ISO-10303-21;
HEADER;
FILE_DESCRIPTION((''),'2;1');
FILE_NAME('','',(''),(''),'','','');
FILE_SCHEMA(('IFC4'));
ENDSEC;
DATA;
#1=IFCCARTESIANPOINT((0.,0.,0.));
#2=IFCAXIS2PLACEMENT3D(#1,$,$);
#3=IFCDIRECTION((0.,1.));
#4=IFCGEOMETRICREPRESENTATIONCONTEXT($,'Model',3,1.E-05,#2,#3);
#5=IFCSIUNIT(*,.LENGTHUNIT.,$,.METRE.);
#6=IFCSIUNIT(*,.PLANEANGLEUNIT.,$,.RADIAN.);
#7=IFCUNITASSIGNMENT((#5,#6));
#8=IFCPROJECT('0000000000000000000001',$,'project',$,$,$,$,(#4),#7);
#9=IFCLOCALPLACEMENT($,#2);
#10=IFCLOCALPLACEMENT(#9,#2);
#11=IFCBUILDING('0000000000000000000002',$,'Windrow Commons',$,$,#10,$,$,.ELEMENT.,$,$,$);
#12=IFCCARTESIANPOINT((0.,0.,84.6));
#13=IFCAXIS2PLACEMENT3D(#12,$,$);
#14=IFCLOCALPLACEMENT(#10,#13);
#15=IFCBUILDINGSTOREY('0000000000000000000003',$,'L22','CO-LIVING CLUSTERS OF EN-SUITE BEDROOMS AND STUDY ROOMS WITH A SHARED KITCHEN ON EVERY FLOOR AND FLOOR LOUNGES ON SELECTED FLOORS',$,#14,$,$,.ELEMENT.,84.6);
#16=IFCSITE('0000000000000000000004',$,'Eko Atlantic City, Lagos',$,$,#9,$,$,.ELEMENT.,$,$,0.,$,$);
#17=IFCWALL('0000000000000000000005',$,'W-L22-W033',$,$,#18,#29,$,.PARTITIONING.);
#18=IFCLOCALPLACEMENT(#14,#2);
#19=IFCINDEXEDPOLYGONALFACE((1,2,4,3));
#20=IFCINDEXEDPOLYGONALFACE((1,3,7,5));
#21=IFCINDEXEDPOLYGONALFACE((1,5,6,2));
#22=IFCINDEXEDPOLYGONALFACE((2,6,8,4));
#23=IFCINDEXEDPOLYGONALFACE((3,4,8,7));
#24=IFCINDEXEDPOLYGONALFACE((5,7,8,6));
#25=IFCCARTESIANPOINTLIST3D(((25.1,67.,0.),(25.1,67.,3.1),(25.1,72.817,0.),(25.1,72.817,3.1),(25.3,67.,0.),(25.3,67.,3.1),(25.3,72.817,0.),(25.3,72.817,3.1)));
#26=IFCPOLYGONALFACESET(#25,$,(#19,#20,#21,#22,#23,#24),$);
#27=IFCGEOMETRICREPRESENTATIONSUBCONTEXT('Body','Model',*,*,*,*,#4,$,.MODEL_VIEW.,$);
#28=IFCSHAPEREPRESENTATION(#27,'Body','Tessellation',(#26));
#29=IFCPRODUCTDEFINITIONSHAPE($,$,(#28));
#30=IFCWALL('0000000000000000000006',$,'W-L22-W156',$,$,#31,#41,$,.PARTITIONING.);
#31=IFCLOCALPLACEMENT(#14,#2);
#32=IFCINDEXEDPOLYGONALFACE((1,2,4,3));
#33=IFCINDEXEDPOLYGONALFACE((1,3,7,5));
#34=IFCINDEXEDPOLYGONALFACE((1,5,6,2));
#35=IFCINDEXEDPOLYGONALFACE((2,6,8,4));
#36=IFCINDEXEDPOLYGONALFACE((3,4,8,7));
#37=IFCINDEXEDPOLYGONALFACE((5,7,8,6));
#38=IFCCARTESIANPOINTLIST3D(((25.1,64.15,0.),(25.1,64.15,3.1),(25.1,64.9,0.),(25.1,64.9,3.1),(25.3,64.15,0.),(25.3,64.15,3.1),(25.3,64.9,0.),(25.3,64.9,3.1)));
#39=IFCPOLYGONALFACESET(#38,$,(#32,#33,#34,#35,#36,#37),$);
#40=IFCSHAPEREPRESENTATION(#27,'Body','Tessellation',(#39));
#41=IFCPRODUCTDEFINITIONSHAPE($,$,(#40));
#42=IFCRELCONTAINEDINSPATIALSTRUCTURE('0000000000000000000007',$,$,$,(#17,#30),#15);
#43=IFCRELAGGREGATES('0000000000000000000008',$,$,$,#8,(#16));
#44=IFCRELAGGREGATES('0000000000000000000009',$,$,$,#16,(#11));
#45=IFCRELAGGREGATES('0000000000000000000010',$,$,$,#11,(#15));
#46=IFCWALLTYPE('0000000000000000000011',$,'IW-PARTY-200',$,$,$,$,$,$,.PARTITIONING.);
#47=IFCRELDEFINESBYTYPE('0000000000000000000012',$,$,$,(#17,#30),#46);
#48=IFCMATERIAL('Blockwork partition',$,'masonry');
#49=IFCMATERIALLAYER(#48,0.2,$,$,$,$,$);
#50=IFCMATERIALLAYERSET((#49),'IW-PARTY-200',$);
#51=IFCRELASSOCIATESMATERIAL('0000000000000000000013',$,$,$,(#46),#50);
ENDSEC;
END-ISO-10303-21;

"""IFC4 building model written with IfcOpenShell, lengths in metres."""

from ifc_helpers import new_model, si_unit, direction, frame, frame_2d, origin, place, context, subcontext, project, spatial, rectangle, extrude, material, layer, layer_set, type_object, element, save


model = new_model("IFC4")

# Units and contexts
model_context = context("Model", 3, precision=1e-05, world=origin(), true_north=direction((0.0, 1.0)))
body_context = subcontext(model_context, "Body", "Model", "MODEL_VIEW")
ifc_project = project(units=[si_unit("LENGTHUNIT", "METRE"), si_unit("PLANEANGLEUNIT", "RADIAN")], contexts=[model_context])

# Site, building, storey
site_placement = place(None, origin())
site = spatial("IfcSite", under=ifc_project, at=site_placement, Name="Eko Atlantic City, Lagos", CompositionType="ELEMENT", RefElevation=0.0)
building_placement = place(site_placement, origin())
building = spatial("IfcBuilding", under=site, at=building_placement, Name="Windrow Commons", CompositionType="ELEMENT")
storey_placement = place(building_placement, frame((0.0, 0.0, 84.6)))
storey = spatial("IfcBuildingStorey", under=building, at=storey_placement, Name="L22", Description="CO-LIVING CLUSTERS OF EN-SUITE BEDROOMS AND STUDY ROOMS WITH A SHARED KITCHEN ON EVERY FLOOR AND FLOOR LOUNGES ON SELECTED FLOORS", CompositionType="ELEMENT", Elevation=84.6)

# Walls
ifc_material_1 = material(Name="Blockwork partition", Category="masonry")
ifc_layer_1 = layer(ifc_material_1, 0.2)
ifc_layer_set_1 = layer_set([ifc_layer_1], Name="IW-PARTY-200")
wall_type_1 = type_object("IfcWallType", Name="IW-PARTY-200", PredefinedType="PARTITIONING", material=ifc_layer_set_1)
wall_1_placement = place(storey_placement, frame((25.2, 67.0, 0.0), z_axis=(0.0, 0.0, 1.0), x_axis=(0.0, 1.0, 0.0)))
element("IfcWall", 1, at=wall_1_placement, inside=storey, type_object=wall_type_1, Name="W-L22-W033", PredefinedType="PARTITIONING", context=body_context, shape_type="SweptSolid", body=[
    extrude(rectangle(XDim=5.8171, YDim=0.2, at=frame_2d((2.9085, 0.0))), origin(), (0.0, 0.0, 1.0), 3.1),
])
wall_2_placement = place(storey_placement, frame((25.2, 64.15, 0.0), z_axis=(0.0, 0.0, 1.0), x_axis=(0.0, 1.0, 0.0)))
element("IfcWall", 2, at=wall_2_placement, inside=storey, type_object=wall_type_1, Name="W-L22-W156", PredefinedType="PARTITIONING", context=body_context, shape_type="SweptSolid", body=[
    extrude(rectangle(XDim=0.75, YDim=0.2, at=frame_2d((0.375, 0.0))), origin(), (0.0, 0.0, 1.0), 3.1),
])

save(model, "model.ifc")
